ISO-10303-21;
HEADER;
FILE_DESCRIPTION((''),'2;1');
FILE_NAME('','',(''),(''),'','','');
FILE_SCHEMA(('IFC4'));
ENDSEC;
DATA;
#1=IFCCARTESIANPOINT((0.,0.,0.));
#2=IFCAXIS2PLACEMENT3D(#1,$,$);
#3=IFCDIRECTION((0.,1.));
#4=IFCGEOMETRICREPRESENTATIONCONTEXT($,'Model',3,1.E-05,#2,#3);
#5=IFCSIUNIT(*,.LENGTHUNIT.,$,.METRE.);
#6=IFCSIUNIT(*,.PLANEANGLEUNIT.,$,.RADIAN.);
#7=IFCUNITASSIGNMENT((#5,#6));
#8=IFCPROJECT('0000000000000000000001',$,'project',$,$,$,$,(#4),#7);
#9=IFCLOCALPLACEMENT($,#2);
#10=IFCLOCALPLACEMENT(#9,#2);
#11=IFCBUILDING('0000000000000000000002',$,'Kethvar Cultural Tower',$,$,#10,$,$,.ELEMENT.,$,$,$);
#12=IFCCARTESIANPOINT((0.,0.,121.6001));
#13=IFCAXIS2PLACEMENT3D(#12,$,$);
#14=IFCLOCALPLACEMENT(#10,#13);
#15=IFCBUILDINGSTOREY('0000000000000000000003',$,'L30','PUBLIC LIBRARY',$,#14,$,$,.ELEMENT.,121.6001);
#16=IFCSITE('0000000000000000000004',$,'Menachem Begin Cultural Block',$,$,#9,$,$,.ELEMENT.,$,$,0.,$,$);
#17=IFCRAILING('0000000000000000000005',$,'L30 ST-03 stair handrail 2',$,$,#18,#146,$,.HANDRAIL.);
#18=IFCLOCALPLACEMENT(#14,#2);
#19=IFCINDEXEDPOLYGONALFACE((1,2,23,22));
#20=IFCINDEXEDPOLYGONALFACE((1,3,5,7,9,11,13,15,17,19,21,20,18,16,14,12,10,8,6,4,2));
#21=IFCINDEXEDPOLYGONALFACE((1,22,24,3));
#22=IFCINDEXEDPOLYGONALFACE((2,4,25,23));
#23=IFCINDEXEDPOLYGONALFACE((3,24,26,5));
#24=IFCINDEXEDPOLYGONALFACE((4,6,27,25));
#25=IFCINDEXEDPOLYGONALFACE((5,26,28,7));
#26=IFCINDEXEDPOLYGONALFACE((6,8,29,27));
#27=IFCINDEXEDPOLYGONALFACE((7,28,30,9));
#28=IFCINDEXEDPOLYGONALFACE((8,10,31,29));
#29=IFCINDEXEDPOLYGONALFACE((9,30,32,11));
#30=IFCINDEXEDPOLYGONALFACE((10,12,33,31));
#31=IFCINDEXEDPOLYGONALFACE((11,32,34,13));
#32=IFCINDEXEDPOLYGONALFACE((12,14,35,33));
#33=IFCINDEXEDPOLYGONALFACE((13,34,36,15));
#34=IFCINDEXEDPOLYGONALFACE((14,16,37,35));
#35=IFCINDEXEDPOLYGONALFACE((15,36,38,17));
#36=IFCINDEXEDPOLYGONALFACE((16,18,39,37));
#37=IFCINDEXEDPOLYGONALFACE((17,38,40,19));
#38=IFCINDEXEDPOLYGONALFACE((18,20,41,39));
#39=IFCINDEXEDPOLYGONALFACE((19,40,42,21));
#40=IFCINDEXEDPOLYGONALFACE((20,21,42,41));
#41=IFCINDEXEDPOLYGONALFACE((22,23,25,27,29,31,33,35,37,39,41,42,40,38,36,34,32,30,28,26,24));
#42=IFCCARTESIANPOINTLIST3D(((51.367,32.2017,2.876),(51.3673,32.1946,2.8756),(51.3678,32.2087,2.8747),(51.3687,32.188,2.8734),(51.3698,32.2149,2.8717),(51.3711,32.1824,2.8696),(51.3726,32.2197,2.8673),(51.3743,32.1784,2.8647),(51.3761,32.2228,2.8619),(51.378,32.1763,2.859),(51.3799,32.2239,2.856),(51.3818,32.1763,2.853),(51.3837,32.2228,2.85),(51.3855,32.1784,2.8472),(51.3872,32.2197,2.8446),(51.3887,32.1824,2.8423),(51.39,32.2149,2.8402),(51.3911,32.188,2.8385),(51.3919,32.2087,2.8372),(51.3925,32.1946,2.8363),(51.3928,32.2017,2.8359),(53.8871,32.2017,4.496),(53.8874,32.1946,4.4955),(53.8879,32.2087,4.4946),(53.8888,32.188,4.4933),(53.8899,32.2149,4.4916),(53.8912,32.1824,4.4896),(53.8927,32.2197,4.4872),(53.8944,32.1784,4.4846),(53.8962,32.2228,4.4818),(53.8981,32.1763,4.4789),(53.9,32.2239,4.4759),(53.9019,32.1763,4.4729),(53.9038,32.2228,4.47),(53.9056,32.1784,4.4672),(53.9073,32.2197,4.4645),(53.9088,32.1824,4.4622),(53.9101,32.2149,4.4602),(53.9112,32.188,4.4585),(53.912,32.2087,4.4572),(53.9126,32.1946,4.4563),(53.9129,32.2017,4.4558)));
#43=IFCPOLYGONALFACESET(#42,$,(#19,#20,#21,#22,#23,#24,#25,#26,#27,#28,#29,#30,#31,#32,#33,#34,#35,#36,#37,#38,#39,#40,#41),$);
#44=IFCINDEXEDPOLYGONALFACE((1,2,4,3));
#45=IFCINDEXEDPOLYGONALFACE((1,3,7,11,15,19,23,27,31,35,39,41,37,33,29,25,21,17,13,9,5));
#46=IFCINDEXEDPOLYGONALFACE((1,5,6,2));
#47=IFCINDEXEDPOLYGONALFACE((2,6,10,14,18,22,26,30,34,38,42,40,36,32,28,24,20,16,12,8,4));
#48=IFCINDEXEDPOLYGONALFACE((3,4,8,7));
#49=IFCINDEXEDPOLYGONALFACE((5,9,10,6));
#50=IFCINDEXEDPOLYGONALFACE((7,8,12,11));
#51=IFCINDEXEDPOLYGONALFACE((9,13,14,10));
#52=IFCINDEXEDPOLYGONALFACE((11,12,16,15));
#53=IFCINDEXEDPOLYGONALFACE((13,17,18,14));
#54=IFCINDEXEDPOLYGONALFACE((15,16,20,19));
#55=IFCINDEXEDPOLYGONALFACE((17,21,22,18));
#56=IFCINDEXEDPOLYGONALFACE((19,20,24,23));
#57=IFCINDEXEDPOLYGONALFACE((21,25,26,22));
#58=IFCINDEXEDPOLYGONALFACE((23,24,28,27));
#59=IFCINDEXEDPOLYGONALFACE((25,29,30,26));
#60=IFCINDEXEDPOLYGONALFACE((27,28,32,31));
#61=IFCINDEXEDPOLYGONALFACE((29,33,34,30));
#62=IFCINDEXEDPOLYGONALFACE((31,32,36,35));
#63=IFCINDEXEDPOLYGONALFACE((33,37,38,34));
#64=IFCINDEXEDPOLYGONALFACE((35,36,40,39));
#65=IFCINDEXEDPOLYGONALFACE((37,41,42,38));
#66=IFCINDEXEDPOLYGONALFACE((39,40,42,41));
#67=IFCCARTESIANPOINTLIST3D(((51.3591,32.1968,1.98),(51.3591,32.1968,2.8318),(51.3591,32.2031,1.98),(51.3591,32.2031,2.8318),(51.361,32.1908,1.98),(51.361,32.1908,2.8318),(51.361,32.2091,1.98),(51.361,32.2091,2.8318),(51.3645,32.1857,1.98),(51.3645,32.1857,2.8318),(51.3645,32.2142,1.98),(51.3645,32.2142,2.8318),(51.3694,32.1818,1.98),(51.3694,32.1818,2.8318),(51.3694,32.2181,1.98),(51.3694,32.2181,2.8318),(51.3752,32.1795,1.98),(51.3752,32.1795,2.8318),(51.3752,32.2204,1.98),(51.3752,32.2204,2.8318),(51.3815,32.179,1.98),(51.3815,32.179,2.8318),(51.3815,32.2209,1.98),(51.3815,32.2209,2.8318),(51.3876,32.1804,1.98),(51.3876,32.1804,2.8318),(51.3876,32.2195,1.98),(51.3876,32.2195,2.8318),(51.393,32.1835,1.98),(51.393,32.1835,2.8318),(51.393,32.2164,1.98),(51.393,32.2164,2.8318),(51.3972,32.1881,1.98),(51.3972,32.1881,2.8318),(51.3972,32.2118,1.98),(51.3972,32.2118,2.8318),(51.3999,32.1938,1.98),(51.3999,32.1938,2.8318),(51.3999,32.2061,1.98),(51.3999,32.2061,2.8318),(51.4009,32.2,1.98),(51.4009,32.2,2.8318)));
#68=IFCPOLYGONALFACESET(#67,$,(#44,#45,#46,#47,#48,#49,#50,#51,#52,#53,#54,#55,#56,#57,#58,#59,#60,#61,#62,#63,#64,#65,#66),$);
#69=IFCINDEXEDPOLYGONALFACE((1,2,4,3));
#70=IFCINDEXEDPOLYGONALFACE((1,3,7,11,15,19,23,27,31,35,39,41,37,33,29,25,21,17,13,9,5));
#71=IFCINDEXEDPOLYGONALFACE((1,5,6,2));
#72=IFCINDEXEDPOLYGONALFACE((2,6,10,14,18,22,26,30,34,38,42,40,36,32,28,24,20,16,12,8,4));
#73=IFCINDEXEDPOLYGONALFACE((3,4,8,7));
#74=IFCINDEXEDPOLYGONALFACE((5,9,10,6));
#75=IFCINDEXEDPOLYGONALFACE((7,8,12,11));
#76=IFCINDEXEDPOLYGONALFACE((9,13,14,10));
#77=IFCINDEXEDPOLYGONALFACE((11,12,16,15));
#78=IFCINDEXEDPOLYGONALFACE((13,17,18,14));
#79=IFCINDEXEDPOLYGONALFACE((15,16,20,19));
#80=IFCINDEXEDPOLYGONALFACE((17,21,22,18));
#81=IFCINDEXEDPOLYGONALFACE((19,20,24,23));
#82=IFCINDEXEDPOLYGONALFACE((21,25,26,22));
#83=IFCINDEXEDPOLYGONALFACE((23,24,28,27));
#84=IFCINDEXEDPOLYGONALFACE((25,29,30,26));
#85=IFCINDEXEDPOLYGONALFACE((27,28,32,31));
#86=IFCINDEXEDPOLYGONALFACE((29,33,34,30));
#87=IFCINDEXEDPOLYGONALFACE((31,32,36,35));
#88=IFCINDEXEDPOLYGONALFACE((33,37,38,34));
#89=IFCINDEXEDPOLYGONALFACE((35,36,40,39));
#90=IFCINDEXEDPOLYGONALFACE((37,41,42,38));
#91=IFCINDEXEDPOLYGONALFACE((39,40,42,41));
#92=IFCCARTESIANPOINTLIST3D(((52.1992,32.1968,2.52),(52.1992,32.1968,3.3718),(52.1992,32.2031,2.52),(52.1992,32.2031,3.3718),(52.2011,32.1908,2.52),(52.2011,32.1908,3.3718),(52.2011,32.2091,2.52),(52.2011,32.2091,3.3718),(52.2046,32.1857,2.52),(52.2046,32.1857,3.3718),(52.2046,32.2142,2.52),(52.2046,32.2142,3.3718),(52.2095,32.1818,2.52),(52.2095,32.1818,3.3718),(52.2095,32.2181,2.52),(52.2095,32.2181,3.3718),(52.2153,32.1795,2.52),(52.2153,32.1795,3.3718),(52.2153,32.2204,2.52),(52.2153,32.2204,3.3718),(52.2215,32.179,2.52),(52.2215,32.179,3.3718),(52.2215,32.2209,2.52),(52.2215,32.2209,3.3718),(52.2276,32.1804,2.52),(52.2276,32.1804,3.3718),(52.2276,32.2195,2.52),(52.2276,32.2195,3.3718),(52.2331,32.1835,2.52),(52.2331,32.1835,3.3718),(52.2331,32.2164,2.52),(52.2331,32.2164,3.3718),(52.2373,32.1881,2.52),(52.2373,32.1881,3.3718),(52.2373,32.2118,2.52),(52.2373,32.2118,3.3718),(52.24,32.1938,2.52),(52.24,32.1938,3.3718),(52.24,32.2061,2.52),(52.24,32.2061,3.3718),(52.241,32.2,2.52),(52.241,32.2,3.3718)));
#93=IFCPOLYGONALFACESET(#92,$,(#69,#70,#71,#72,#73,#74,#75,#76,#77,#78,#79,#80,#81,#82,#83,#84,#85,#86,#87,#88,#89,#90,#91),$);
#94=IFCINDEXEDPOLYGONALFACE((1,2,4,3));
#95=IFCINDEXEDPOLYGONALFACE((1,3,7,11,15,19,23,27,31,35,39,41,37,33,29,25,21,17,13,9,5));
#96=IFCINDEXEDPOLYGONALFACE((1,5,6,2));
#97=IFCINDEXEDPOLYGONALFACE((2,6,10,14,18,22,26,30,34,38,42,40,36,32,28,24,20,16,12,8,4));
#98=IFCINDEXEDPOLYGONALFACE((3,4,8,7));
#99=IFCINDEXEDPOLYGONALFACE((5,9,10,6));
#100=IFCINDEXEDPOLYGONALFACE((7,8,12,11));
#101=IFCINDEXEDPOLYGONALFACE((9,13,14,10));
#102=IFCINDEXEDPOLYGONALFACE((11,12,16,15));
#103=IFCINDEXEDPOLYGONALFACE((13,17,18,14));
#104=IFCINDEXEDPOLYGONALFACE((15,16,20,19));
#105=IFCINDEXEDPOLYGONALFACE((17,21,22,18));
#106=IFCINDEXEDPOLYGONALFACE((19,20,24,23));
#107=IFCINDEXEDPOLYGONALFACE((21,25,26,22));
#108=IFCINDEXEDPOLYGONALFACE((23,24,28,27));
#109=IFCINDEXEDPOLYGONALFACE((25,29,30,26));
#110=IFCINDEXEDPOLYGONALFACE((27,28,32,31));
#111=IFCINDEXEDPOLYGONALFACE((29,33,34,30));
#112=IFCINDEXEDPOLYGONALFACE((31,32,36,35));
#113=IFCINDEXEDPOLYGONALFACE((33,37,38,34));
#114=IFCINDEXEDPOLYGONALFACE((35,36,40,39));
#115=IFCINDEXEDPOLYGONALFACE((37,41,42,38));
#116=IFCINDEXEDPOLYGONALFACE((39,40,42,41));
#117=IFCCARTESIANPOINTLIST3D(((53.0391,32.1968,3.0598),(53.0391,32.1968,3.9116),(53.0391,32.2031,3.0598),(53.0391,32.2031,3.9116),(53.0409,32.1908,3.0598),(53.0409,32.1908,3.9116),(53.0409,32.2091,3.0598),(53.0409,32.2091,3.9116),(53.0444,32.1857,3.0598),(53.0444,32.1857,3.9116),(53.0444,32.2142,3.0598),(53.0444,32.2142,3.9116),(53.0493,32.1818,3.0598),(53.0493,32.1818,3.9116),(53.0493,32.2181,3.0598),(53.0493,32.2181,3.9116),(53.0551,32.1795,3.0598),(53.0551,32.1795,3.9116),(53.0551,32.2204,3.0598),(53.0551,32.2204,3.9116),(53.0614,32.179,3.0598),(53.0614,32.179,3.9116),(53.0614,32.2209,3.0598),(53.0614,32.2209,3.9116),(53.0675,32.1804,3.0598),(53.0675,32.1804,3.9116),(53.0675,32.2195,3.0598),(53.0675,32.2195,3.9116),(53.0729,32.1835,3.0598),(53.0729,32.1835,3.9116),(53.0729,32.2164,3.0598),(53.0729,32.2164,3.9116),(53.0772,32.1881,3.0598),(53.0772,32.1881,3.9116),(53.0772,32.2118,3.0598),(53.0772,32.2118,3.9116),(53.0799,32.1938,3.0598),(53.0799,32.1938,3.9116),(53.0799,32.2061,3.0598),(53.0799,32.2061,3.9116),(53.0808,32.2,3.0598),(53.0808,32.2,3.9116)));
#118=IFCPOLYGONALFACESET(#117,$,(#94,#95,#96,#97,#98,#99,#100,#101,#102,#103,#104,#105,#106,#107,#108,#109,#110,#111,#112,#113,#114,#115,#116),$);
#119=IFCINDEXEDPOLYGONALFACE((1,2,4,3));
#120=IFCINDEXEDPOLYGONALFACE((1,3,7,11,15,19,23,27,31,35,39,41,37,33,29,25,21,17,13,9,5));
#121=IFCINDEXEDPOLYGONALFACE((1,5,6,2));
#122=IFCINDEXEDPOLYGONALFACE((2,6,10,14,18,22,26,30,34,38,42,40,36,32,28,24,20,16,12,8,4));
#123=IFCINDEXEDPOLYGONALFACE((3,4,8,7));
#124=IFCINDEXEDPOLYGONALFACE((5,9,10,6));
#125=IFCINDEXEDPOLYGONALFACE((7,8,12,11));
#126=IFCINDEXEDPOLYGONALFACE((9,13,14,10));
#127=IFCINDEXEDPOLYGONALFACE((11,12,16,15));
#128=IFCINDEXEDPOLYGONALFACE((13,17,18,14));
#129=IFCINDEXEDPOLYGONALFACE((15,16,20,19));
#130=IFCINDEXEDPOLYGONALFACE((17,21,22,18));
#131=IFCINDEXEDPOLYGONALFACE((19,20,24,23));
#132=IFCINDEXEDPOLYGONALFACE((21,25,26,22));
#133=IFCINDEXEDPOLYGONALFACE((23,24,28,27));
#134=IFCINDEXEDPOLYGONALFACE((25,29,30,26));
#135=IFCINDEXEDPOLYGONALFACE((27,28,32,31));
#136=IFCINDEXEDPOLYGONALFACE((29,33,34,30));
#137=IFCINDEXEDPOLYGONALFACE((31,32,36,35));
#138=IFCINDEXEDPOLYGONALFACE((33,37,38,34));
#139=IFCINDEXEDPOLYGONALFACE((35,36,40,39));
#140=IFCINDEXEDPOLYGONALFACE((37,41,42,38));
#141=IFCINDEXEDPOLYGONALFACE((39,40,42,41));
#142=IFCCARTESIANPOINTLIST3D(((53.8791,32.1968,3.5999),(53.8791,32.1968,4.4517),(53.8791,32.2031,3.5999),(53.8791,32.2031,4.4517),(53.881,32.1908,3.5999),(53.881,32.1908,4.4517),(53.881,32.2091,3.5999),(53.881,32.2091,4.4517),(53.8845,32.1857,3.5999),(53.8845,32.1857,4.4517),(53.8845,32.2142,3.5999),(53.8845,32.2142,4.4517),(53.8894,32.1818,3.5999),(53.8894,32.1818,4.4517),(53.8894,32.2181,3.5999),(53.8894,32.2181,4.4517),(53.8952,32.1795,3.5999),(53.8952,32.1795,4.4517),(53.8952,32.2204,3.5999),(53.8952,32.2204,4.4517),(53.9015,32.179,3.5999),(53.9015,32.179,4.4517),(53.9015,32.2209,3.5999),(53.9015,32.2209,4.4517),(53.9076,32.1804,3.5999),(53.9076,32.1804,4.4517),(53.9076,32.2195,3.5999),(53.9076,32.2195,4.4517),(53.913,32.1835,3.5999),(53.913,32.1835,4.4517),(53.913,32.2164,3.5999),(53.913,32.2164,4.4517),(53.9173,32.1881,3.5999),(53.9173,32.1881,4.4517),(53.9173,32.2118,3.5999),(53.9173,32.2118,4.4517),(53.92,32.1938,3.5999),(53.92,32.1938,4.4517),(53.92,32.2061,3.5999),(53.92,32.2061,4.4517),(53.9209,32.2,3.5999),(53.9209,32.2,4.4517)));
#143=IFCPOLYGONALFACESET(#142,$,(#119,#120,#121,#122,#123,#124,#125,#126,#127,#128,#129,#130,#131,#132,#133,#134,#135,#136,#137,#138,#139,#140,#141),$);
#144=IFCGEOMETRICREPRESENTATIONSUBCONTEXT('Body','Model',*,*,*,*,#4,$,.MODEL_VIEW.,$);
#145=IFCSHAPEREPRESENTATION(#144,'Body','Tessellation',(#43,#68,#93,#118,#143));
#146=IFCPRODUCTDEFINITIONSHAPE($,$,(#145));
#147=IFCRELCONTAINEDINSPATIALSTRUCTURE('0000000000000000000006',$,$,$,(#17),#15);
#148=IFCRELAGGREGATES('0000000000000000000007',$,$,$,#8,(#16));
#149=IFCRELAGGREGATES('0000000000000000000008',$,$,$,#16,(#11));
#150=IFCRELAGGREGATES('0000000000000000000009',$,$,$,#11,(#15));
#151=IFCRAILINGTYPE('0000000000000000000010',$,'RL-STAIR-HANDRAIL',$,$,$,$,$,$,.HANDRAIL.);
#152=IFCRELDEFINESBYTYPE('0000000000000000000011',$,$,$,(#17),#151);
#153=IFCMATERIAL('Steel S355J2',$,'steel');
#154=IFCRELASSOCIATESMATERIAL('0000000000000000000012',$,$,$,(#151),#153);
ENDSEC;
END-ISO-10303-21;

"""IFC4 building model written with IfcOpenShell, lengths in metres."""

from ifc_helpers import new_model, si_unit, direction, frame, origin, origin_2d, place, context, subcontext, project, spatial, circle, extrude, material, type_object, element, save


model = new_model("IFC4")

# Units and contexts
model_context = context("Model", 3, precision=1e-05, world=origin(), true_north=direction((0.0, 1.0)))
body_context = subcontext(model_context, "Body", "Model", "MODEL_VIEW")
ifc_project = project(units=[si_unit("LENGTHUNIT", "METRE"), si_unit("PLANEANGLEUNIT", "RADIAN")], contexts=[model_context])

# Site, building, storey
site_placement = place(None, origin())
site = spatial("IfcSite", under=ifc_project, at=site_placement, Name="Menachem Begin Cultural Block", CompositionType="ELEMENT", RefElevation=0.0)
building_placement = place(site_placement, origin())
building = spatial("IfcBuilding", under=site, at=building_placement, Name="Kethvar Cultural Tower", CompositionType="ELEMENT")
storey_placement = place(building_placement, frame((0.0, 0.0, 121.6001)))
storey = spatial("IfcBuildingStorey", under=building, at=storey_placement, Name="L30", Description="PUBLIC LIBRARY", CompositionType="ELEMENT", Elevation=121.6001)

# Shared definitions
ifc_material_1 = material(Name="Steel S355J2", Category="steel")

# Railing
railing_type_1 = type_object("IfcRailingType", Name="RL-STAIR-HANDRAIL", PredefinedType="HANDRAIL", material=ifc_material_1)
railing_1_placement = place(storey_placement, frame((51.3799, 32.2, 1.98)))
element("IfcRailing", 1, at=railing_1_placement, inside=storey, type_object=railing_type_1, Name="L30 ST-03 stair handrail 2", PredefinedType="HANDRAIL", context=body_context, shape_type="SweptSolid", body=[
    extrude(circle(Radius=0.0239, at=origin_2d()), frame((0.0, 0.0, 0.876), z_axis=(0.8412, 0.0, 0.540725), x_axis=(0.0, 1.0, 0.0)), (0.0, 0.0, 1.0), 2.9958),
    extrude(circle(Radius=0.021, at=origin_2d()), origin(), (0.0, 0.0, 1.0), 0.8518),
    extrude(circle(Radius=0.021, at=origin_2d()), frame((0.8401, 0.0, 0.54)), (0.0, 0.0, 1.0), 0.8518),
    extrude(circle(Radius=0.021, at=origin_2d()), frame((1.6799, 0.0, 1.0798)), (0.0, 0.0, 1.0), 0.8518),
    extrude(circle(Radius=0.021, at=origin_2d()), frame((2.52, 0.0, 1.6199)), (0.0, 0.0, 1.0), 0.8518),
])

save(model, "model.ifc")
